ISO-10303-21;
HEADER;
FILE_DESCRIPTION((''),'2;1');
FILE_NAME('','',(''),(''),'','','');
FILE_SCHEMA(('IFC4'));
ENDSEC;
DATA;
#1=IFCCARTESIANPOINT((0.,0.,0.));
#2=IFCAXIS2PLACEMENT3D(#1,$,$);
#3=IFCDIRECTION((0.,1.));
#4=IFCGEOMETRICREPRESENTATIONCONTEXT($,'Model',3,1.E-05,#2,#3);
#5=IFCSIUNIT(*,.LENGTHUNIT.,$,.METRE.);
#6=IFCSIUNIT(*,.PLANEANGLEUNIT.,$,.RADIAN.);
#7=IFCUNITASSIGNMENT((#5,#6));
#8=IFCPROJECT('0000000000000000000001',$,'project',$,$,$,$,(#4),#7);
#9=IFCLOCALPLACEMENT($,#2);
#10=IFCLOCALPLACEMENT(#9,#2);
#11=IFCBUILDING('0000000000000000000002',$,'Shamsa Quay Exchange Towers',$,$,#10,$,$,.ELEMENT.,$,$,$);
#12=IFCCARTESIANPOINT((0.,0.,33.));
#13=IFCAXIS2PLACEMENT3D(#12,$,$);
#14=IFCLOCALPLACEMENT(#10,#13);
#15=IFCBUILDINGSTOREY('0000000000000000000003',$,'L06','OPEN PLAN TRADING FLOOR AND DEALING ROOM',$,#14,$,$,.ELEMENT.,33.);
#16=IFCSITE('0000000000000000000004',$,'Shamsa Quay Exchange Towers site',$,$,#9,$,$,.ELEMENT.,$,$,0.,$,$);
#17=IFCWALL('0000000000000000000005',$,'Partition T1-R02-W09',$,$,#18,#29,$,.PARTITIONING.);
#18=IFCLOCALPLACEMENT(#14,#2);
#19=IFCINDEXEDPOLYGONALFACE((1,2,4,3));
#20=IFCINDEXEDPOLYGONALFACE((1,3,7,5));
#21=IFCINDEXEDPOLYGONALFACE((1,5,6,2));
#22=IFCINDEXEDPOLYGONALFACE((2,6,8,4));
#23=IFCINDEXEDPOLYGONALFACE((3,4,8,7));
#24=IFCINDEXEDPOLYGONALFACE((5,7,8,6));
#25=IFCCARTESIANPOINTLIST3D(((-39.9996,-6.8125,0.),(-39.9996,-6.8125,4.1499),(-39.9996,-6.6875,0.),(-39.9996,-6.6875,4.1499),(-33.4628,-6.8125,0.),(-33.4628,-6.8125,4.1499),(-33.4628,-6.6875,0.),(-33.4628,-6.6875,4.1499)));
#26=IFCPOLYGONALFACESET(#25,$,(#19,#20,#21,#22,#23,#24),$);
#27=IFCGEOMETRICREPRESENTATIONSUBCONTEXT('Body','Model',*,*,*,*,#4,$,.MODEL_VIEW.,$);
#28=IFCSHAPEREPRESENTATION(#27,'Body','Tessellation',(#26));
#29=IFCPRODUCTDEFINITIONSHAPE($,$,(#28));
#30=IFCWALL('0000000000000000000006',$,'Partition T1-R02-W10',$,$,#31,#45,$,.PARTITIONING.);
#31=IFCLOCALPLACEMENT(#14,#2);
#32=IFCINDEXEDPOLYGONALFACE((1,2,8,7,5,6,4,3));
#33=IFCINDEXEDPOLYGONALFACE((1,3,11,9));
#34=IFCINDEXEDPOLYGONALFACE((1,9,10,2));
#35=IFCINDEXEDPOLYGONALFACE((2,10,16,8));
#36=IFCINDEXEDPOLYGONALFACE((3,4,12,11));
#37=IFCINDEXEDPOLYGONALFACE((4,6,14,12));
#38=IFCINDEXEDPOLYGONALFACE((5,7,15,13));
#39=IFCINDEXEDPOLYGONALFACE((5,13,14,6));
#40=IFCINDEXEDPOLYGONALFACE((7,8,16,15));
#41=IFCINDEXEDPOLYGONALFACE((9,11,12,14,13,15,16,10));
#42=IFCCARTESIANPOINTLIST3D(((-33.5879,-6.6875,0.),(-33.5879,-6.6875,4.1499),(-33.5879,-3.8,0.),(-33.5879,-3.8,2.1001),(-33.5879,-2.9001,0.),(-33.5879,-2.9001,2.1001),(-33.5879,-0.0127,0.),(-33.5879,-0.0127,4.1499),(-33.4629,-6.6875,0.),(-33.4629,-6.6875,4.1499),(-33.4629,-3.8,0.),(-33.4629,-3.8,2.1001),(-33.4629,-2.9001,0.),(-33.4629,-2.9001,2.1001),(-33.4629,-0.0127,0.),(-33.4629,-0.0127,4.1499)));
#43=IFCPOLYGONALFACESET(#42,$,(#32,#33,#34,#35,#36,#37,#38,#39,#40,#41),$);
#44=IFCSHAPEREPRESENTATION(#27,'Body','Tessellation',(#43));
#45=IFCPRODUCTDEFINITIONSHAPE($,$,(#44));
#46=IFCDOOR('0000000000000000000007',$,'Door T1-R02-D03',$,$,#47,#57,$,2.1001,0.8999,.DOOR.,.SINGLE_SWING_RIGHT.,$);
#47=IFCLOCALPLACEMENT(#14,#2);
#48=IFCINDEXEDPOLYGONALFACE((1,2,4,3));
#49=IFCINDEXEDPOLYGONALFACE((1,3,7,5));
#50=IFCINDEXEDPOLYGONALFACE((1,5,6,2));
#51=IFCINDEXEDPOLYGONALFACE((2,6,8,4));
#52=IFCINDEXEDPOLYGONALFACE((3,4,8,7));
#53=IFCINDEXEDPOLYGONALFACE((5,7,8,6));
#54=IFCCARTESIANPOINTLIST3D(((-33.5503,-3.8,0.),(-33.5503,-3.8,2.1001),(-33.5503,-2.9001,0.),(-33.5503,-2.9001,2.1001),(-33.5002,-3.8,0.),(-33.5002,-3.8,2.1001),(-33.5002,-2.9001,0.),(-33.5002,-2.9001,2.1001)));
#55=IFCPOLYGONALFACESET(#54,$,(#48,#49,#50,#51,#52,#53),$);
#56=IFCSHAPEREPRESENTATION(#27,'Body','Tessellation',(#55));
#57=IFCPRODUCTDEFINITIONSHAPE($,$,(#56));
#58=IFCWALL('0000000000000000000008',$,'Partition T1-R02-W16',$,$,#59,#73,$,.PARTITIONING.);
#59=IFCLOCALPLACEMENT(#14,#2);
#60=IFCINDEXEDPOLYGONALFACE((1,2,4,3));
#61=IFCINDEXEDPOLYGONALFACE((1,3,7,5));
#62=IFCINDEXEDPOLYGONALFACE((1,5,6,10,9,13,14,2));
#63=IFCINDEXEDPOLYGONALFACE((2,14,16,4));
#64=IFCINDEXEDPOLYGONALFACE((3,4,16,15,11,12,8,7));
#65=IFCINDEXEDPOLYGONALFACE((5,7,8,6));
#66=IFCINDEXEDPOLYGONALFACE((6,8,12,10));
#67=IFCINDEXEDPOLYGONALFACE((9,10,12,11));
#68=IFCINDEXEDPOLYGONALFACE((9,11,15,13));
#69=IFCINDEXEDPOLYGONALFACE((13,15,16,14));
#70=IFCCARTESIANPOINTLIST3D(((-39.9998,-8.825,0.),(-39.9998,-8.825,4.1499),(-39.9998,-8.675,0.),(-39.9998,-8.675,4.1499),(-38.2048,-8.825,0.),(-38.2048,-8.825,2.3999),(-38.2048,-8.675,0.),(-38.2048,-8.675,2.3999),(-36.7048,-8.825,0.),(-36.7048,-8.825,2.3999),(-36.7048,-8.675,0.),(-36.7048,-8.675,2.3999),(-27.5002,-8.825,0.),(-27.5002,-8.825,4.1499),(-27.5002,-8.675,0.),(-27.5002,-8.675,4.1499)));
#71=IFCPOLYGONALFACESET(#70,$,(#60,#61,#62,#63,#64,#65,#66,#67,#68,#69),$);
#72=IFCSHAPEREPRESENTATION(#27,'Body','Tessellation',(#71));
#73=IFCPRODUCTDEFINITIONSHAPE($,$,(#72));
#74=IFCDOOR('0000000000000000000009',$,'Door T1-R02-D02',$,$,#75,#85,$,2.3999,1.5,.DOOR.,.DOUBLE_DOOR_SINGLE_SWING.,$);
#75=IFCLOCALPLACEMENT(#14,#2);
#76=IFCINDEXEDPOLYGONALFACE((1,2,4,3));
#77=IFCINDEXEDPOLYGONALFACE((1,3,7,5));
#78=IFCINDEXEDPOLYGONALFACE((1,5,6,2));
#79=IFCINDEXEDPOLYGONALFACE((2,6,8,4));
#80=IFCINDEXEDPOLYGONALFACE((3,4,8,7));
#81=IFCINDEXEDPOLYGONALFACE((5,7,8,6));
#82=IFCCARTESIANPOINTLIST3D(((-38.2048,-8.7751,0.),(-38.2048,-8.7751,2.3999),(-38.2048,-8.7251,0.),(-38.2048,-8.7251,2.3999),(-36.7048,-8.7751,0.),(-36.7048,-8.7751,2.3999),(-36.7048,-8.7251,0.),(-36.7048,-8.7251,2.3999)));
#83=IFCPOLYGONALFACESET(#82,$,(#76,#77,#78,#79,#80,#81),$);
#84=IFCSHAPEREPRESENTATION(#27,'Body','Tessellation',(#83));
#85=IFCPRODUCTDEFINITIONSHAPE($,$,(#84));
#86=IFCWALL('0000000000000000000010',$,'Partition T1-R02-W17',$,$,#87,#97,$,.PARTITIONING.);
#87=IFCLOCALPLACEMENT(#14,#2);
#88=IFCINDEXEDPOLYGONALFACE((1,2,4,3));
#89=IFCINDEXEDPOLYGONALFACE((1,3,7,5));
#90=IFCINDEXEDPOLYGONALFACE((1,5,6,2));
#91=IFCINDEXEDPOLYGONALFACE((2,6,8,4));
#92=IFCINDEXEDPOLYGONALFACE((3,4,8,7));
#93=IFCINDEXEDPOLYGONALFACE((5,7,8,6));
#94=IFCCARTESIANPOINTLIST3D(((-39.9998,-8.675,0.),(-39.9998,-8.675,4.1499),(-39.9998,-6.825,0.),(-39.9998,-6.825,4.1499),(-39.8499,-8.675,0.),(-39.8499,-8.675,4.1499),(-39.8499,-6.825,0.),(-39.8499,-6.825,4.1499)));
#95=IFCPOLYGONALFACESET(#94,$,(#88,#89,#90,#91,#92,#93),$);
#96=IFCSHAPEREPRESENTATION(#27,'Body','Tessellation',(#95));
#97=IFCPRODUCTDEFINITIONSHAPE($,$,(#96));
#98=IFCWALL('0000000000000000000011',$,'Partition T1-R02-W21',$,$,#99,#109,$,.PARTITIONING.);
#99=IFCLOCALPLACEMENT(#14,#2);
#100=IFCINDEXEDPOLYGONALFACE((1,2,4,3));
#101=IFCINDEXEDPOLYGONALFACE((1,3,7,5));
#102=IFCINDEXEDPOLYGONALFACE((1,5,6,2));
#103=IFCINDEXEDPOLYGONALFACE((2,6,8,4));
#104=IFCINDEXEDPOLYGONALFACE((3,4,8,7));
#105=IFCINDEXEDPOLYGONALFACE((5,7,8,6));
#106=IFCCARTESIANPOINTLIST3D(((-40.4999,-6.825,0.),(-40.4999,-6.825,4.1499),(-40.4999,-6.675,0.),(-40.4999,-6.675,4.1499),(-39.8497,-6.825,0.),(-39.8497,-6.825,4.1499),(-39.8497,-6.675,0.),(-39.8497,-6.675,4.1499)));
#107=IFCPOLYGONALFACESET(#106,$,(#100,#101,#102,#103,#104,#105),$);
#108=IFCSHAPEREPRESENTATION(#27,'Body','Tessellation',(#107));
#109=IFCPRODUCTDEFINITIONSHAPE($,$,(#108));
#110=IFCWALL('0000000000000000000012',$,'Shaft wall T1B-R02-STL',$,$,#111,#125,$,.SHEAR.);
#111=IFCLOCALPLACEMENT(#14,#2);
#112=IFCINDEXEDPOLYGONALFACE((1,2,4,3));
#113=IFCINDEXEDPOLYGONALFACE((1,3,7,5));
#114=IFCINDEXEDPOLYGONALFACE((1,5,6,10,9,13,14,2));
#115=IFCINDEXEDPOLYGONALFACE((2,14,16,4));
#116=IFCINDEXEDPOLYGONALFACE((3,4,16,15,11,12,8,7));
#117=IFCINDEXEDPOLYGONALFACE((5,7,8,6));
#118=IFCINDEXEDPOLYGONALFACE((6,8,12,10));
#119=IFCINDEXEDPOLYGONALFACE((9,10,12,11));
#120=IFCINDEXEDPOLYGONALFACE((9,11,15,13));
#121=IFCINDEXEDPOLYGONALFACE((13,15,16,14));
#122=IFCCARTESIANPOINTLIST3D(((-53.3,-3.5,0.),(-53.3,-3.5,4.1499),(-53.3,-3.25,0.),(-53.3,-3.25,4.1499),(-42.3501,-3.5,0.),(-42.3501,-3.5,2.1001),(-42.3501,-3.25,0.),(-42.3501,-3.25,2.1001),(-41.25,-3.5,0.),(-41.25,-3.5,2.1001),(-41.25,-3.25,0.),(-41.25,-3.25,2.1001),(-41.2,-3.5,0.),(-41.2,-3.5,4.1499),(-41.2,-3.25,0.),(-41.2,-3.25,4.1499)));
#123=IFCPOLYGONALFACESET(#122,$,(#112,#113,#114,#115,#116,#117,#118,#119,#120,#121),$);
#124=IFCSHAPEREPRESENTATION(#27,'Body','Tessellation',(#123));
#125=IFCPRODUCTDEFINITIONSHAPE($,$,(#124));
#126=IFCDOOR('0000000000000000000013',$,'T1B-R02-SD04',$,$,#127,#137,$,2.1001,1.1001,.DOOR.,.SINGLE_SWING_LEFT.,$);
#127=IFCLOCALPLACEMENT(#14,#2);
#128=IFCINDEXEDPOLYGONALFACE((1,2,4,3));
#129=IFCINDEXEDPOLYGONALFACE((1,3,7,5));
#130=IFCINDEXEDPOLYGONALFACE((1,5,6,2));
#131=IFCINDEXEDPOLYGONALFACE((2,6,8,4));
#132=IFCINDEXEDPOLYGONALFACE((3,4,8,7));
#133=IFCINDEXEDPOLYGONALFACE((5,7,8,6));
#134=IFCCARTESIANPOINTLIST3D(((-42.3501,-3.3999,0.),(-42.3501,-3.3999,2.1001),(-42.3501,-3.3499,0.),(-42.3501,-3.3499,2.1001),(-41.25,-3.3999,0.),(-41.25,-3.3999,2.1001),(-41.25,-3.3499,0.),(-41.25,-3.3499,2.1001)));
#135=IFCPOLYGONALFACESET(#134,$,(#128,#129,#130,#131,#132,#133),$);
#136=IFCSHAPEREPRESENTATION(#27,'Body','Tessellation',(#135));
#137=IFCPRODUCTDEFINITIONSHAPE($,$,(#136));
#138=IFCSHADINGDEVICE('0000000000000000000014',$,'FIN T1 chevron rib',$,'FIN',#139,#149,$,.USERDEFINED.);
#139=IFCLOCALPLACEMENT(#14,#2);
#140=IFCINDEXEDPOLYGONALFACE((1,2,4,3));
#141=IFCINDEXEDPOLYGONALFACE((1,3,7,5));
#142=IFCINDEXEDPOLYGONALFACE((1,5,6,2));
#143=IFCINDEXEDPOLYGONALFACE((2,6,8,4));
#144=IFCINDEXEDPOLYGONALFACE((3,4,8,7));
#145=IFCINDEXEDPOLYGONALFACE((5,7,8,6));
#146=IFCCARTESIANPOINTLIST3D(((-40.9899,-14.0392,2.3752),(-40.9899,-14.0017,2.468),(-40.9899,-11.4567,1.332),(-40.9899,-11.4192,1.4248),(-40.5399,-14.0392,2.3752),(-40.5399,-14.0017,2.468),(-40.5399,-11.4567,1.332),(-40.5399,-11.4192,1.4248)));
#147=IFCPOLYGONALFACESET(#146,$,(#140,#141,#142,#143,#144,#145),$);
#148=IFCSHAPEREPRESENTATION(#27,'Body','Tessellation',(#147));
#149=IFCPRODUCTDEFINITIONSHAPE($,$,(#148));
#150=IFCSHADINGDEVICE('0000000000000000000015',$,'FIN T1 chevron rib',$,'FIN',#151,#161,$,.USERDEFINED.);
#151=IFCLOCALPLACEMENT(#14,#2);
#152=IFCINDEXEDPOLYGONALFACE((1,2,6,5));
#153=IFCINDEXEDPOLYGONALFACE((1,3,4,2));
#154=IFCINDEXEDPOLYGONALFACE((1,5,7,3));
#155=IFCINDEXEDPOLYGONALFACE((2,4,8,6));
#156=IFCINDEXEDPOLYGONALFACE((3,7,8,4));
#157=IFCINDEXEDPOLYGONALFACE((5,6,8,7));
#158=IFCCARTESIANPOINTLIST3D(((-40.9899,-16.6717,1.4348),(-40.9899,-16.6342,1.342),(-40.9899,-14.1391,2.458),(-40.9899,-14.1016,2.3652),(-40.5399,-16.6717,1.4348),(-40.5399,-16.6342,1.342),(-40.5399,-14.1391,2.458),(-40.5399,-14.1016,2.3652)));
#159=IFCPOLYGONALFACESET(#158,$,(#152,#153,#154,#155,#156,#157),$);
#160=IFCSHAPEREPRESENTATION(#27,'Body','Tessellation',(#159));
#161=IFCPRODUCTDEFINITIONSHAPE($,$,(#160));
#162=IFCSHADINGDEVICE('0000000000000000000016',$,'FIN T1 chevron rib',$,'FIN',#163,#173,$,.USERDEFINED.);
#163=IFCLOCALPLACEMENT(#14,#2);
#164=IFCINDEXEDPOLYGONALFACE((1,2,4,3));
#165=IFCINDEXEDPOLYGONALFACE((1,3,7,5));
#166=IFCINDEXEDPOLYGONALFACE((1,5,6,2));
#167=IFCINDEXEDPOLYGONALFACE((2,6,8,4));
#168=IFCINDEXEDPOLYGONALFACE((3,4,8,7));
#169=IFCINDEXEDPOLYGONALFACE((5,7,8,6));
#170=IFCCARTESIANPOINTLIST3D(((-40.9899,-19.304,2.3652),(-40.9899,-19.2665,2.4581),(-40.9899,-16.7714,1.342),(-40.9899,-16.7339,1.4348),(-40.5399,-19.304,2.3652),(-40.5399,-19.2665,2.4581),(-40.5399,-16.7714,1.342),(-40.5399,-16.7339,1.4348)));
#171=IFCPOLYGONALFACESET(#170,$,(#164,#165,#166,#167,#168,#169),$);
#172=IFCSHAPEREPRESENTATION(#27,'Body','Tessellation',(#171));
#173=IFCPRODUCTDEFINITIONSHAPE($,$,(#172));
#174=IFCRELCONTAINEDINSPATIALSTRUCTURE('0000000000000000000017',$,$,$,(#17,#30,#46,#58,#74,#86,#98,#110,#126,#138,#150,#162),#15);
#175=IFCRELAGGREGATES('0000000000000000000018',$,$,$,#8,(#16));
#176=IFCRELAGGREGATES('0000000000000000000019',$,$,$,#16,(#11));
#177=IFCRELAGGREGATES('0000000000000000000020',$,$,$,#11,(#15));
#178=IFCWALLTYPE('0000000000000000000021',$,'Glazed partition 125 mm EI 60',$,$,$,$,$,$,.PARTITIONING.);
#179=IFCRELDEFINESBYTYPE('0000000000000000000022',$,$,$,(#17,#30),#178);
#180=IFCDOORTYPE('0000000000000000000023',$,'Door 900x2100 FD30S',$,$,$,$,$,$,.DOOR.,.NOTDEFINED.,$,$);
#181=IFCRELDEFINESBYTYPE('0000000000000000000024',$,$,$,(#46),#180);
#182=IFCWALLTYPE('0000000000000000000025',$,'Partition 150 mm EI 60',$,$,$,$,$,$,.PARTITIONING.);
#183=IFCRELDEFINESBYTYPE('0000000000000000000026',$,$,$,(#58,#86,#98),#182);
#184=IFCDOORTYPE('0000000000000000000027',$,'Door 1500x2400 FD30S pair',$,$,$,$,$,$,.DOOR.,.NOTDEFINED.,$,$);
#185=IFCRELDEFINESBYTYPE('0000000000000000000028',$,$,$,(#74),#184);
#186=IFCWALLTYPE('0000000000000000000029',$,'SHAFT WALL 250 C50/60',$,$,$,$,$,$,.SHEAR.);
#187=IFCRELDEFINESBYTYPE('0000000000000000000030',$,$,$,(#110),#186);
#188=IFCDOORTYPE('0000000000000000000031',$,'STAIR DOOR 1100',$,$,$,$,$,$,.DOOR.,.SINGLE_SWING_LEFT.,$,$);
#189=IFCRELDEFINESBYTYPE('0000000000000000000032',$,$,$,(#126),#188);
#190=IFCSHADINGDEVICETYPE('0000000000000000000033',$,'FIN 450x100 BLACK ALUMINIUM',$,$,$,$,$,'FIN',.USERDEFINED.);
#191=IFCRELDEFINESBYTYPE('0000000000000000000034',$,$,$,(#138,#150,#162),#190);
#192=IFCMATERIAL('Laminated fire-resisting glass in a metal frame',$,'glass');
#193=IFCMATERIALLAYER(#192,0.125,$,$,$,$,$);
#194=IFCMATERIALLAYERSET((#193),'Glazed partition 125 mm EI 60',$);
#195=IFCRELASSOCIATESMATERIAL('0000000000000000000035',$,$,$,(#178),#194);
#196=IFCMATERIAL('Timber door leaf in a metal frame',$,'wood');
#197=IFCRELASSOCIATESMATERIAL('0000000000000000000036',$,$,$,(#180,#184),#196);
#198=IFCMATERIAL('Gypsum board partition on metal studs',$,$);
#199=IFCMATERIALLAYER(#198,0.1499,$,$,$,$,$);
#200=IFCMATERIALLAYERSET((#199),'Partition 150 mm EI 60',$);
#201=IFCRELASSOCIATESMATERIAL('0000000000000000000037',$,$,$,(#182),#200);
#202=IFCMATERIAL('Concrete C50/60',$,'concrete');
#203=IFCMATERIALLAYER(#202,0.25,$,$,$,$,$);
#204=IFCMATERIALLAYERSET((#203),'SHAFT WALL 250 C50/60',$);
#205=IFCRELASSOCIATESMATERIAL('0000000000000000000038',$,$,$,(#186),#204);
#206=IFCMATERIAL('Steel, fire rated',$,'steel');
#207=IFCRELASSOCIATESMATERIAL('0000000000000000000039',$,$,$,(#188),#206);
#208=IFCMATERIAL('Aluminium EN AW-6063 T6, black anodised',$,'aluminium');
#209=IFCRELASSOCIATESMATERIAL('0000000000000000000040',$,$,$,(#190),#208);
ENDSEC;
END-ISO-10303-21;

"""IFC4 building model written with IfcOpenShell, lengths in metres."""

from ifc_helpers import new_model, si_unit, direction, frame, frame_2d, origin, origin_2d, place, context, subcontext, project, spatial, rectangle, extrude, material, layer, layer_set, material_profile, profile_set, type_object, element, fill, save


model = new_model("IFC4")

# Units and contexts
model_context = context("Model", 3, precision=1e-05, world=origin(), true_north=direction((0.0, 1.0)))
body_context = subcontext(model_context, "Body", "Model", "MODEL_VIEW")
ifc_project = project(units=[si_unit("LENGTHUNIT", "METRE"), si_unit("PLANEANGLEUNIT", "RADIAN")], contexts=[model_context])

# Site, building, storey
site_placement = place(None, origin())
site = spatial("IfcSite", under=ifc_project, at=site_placement, Name="Shamsa Quay Exchange Towers site", CompositionType="ELEMENT", RefElevation=0.0)
building_placement = place(site_placement, origin())
building = spatial("IfcBuilding", under=site, at=building_placement, Name="Shamsa Quay Exchange Towers", CompositionType="ELEMENT")
storey_placement = place(building_placement, frame((0.0, 0.0, 33.0)))
storey = spatial("IfcBuildingStorey", under=building, at=storey_placement, Name="L06", Description="OPEN PLAN TRADING FLOOR AND DEALING ROOM", CompositionType="ELEMENT", Elevation=33.0)

# Shared definitions
ifc_material_1 = material(Name="Aluminium EN AW-6063 T6, black anodised", Category="aluminium")

# Shared definitions
ifc_material_2 = material(Name="Steel, fire rated", Category="steel")

# Wall
ifc_material_3 = material(Name="Laminated fire-resisting glass in a metal frame", Category="glass")
ifc_layer_1 = layer(ifc_material_3, 0.125)
ifc_layer_set_1 = layer_set([ifc_layer_1], Name="Glazed partition 125 mm EI 60")
wall_type_1 = type_object("IfcWallType", Name="Glazed partition 125 mm EI 60", PredefinedType="PARTITIONING", material=ifc_layer_set_1)
wall_1_placement = place(storey_placement, frame((-39.9998, -6.75, 0.0)))
element("IfcWall", 1, at=wall_1_placement, inside=storey, type_object=wall_type_1, Name="Partition T1-R02-W09", PredefinedType="PARTITIONING", context=body_context, shape_type="SweptSolid", body=[
    extrude(rectangle(XDim=6.5369, YDim=0.125, at=frame_2d((3.2686, 0.0))), origin(), (0.0, 0.0, 1.0), 4.1499),
])

# Walls, openings, doors
wall_2_placement = place(storey_placement, frame((-33.5254, -6.6875, 0.0), z_axis=(0.0, 0.0, 1.0), x_axis=(0.0, 1.0, 0.0)))
wall_2 = element("IfcWall", 2, at=wall_2_placement, inside=storey, type_object=wall_type_1, Name="Partition T1-R02-W10", PredefinedType="PARTITIONING", context=body_context, shape_type="SweptSolid", body=[
    extrude(rectangle(XDim=6.6748, YDim=0.125, at=frame_2d((3.3374, 0.0))), origin(), (0.0, 0.0, 1.0), 4.1499),
])
opening_1_placement = place(wall_2_placement, frame((2.8875, 0.0, 0.0)))
opening_1 = element("IfcOpeningElement", 3, at=opening_1_placement, cuts=wall_2, PredefinedType="OPENING", context=body_context, shape_type="SweptSolid", body=[
    extrude(rectangle(XDim=0.8999, YDim=2.1001, at=frame_2d((0.45, 1.05))), frame((0.0, 0.0725, 0.0), z_axis=(0.0, -1.0, 0.0), x_axis=(1.0, 0.0, 0.0)), (0.0, 0.0, 1.0), 0.145),
])
ifc_material_4 = material(Name="Timber door leaf in a metal frame", Category="wood")
door_type_1 = type_object("IfcDoorType", Name="Door 900x2100 FD30S", OperationType="NOTDEFINED", PredefinedType="DOOR", material=ifc_material_4)
door_1_placement = place(opening_1_placement, origin())
door_1 = element("IfcDoor", 4, at=door_1_placement, inside=storey, type_object=door_type_1, Name="Door T1-R02-D03", OperationType="SINGLE_SWING_RIGHT", OverallHeight=2.1001, OverallWidth=0.8999, PredefinedType="DOOR", context=body_context, shape_type="SweptSolid", body=[
    extrude(rectangle(XDim=0.8999, YDim=2.1001, at=frame_2d((0.45, 1.05))), frame((0.0, 0.0249, 0.0), z_axis=(0.0, -1.0, 0.0), x_axis=(1.0, 0.0, 0.0)), (0.0, 0.0, 1.0), 0.05),
])
fill(opening_1, door_1)
ifc_material_5 = material(Name="Gypsum board partition on metal studs")
ifc_layer_2 = layer(ifc_material_5, 0.1499)
ifc_layer_set_2 = layer_set([ifc_layer_2], Name="Partition 150 mm EI 60")
wall_type_2 = type_object("IfcWallType", Name="Partition 150 mm EI 60", PredefinedType="PARTITIONING", material=ifc_layer_set_2)
wall_3_placement = place(storey_placement, frame((-39.9998, -8.75, 0.0)))
wall_3 = element("IfcWall", 5, at=wall_3_placement, inside=storey, type_object=wall_type_2, Name="Partition T1-R02-W16", PredefinedType="PARTITIONING", context=body_context, shape_type="SweptSolid", body=[
    extrude(rectangle(XDim=12.4995, YDim=0.1499, at=frame_2d((6.2498, 0.0))), origin(), (0.0, 0.0, 1.0), 4.1499),
])
opening_2_placement = place(wall_3_placement, frame((1.7949, 0.0, 0.0)))
opening_2 = element("IfcOpeningElement", 6, at=opening_2_placement, cuts=wall_3, PredefinedType="OPENING", context=body_context, shape_type="SweptSolid", body=[
    extrude(rectangle(XDim=1.5, YDim=2.3999, at=frame_2d((0.75, 1.2))), frame((0.0, 0.085, 0.0), z_axis=(0.0, -1.0, 0.0), x_axis=(1.0, 0.0, 0.0)), (0.0, 0.0, 1.0), 0.1699),
])
door_type_2 = type_object("IfcDoorType", Name="Door 1500x2400 FD30S pair", OperationType="NOTDEFINED", PredefinedType="DOOR", material=ifc_material_4)
door_2_placement = place(opening_2_placement, origin())
door_2 = element("IfcDoor", 7, at=door_2_placement, inside=storey, type_object=door_type_2, Name="Door T1-R02-D02", OperationType="DOUBLE_DOOR_SINGLE_SWING", OverallHeight=2.3999, OverallWidth=1.5, PredefinedType="DOOR", context=body_context, shape_type="SweptSolid", body=[
    extrude(rectangle(XDim=1.5, YDim=2.3999, at=frame_2d((0.75, 1.2))), frame((0.0, 0.0249, 0.0), z_axis=(0.0, -1.0, 0.0), x_axis=(1.0, 0.0, 0.0)), (0.0, 0.0, 1.0), 0.05),
])
fill(opening_2, door_2)

# Walls
wall_4_placement = place(storey_placement, frame((-39.9248, -6.825, 0.0), z_axis=(0.0, 0.0, 1.0), x_axis=(0.0, -1.0, 0.0)))
element("IfcWall", 8, at=wall_4_placement, inside=storey, type_object=wall_type_2, Name="Partition T1-R02-W17", PredefinedType="PARTITIONING", context=body_context, shape_type="SweptSolid", body=[
    extrude(rectangle(XDim=1.8501, YDim=0.1499, at=frame_2d((0.925, 0.0))), origin(), (0.0, 0.0, 1.0), 4.1499),
])
wall_5_placement = place(storey_placement, frame((-40.5, -6.75, 0.0)))
element("IfcWall", 9, at=wall_5_placement, inside=storey, type_object=wall_type_2, Name="Partition T1-R02-W21", PredefinedType="PARTITIONING", context=body_context, shape_type="SweptSolid", body=[
    extrude(rectangle(XDim=0.6501, YDim=0.1499, at=frame_2d((0.3252, 0.0))), origin(), (0.0, 0.0, 1.0), 4.1499),
])

# Wall, opening, door
ifc_material_6 = material(Name="Concrete C50/60", Category="concrete")
ifc_layer_3 = layer(ifc_material_6, 0.25)
ifc_layer_set_3 = layer_set([ifc_layer_3], Name="SHAFT WALL 250 C50/60")
wall_type_3 = type_object("IfcWallType", Name="SHAFT WALL 250 C50/60", PredefinedType="SHEAR", material=ifc_layer_set_3)
wall_6_placement = place(storey_placement, frame((-41.2, -3.375, 0.0), z_axis=(0.0, 0.0, 1.0), x_axis=(-1.0, 0.0, 0.0)))
wall_6 = element("IfcWall", 10, at=wall_6_placement, inside=storey, type_object=wall_type_3, Name="Shaft wall T1B-R02-STL", PredefinedType="SHEAR", context=body_context, shape_type="SweptSolid", body=[
    extrude(rectangle(XDim=12.1001, YDim=0.25, at=frame_2d((6.05, 0.0))), origin(), (0.0, 0.0, 1.0), 4.1499),
])
opening_3_placement = place(wall_6_placement, frame((0.05, 0.0, 0.0)))
opening_3 = element("IfcOpeningElement", 11, at=opening_3_placement, cuts=wall_6, PredefinedType="OPENING", context=body_context, shape_type="SweptSolid", body=[
    extrude(rectangle(XDim=1.1001, YDim=2.1001, at=frame_2d((0.55, 1.05))), frame((0.0, 0.135, 0.0), z_axis=(0.0, -1.0, 0.0), x_axis=(1.0, 0.0, 0.0)), (0.0, 0.0, 1.0), 0.27),
])
door_type_3 = type_object("IfcDoorType", Name="STAIR DOOR 1100", OperationType="SINGLE_SWING_LEFT", PredefinedType="DOOR", material=ifc_material_2)
door_3_placement = place(opening_3_placement, origin())
door_3 = element("IfcDoor", 12, at=door_3_placement, inside=storey, type_object=door_type_3, Name="T1B-R02-SD04", OperationType="SINGLE_SWING_LEFT", OverallHeight=2.1001, OverallWidth=1.1001, PredefinedType="DOOR", context=body_context, shape_type="SweptSolid", body=[
    extrude(rectangle(XDim=1.1001, YDim=2.1001, at=frame_2d((0.55, 1.05))), frame((0.0, 0.0249, 0.0), z_axis=(0.0, -1.0, 0.0), x_axis=(1.0, 0.0, 0.0)), (0.0, 0.0, 1.0), 0.05),
])
fill(opening_3, door_3)

# Shading devices
ifc_material_profile_1 = material_profile(ifc_material_1, rectangle(XDim=0.45, YDim=0.1001, at=origin_2d()), Name="FIN450x100")
ifc_profile_set_1 = profile_set([ifc_material_profile_1], Name="Aluminium EN AW-6063 T6, black anodised")
shading_device_type = type_object("IfcShadingDeviceType", Name="FIN 450x100 BLACK ALUMINIUM", ElementType="FIN", PredefinedType="USERDEFINED", material=ifc_profile_set_1)
shading_device_1_placement = place(storey_placement, frame((-40.7649, -11.438, 1.3784), z_axis=(0.0, -0.927208, 0.374547), x_axis=(1.0, 0.0, 0.0)))
element("IfcShadingDevice", 13, at=shading_device_1_placement, inside=storey, type_object=shading_device_type, Name="FIN T1 chevron rib", ObjectType="FIN", PredefinedType="USERDEFINED", context=body_context, shape_type="SweptSolid", body=[
    extrude(rectangle(XDim=0.45, YDim=0.1001, at=origin_2d()), origin(), (0.0, 0.0, 1.0), 2.7852),
])
for number, where, z_axis, x_axis, name in (
    (14, (-40.7649, -14.1204, 2.4116), (0.0, -0.927183, -0.374609), (1.0, 0.0, 0.0), "FIN T1 chevron rib"),
    (15, (-40.7649, -16.7527, 1.3884), (0.0, -0.927183, 0.374609), (1.0, 0.0, 0.0), "FIN T1 chevron rib"),
):
    element("IfcShadingDevice", number, at=place(storey_placement, frame(where, z_axis=z_axis, x_axis=x_axis)), inside=storey, type_object=shading_device_type, Name=name, ObjectType="FIN", PredefinedType="USERDEFINED", context=body_context, shape_type="SweptSolid", body=[
        extrude(rectangle(XDim=0.45, YDim=0.1001, at=origin_2d()), origin(), (0.0, 0.0, 1.0), 2.7314),
    ])

save(model, "model.ifc")
